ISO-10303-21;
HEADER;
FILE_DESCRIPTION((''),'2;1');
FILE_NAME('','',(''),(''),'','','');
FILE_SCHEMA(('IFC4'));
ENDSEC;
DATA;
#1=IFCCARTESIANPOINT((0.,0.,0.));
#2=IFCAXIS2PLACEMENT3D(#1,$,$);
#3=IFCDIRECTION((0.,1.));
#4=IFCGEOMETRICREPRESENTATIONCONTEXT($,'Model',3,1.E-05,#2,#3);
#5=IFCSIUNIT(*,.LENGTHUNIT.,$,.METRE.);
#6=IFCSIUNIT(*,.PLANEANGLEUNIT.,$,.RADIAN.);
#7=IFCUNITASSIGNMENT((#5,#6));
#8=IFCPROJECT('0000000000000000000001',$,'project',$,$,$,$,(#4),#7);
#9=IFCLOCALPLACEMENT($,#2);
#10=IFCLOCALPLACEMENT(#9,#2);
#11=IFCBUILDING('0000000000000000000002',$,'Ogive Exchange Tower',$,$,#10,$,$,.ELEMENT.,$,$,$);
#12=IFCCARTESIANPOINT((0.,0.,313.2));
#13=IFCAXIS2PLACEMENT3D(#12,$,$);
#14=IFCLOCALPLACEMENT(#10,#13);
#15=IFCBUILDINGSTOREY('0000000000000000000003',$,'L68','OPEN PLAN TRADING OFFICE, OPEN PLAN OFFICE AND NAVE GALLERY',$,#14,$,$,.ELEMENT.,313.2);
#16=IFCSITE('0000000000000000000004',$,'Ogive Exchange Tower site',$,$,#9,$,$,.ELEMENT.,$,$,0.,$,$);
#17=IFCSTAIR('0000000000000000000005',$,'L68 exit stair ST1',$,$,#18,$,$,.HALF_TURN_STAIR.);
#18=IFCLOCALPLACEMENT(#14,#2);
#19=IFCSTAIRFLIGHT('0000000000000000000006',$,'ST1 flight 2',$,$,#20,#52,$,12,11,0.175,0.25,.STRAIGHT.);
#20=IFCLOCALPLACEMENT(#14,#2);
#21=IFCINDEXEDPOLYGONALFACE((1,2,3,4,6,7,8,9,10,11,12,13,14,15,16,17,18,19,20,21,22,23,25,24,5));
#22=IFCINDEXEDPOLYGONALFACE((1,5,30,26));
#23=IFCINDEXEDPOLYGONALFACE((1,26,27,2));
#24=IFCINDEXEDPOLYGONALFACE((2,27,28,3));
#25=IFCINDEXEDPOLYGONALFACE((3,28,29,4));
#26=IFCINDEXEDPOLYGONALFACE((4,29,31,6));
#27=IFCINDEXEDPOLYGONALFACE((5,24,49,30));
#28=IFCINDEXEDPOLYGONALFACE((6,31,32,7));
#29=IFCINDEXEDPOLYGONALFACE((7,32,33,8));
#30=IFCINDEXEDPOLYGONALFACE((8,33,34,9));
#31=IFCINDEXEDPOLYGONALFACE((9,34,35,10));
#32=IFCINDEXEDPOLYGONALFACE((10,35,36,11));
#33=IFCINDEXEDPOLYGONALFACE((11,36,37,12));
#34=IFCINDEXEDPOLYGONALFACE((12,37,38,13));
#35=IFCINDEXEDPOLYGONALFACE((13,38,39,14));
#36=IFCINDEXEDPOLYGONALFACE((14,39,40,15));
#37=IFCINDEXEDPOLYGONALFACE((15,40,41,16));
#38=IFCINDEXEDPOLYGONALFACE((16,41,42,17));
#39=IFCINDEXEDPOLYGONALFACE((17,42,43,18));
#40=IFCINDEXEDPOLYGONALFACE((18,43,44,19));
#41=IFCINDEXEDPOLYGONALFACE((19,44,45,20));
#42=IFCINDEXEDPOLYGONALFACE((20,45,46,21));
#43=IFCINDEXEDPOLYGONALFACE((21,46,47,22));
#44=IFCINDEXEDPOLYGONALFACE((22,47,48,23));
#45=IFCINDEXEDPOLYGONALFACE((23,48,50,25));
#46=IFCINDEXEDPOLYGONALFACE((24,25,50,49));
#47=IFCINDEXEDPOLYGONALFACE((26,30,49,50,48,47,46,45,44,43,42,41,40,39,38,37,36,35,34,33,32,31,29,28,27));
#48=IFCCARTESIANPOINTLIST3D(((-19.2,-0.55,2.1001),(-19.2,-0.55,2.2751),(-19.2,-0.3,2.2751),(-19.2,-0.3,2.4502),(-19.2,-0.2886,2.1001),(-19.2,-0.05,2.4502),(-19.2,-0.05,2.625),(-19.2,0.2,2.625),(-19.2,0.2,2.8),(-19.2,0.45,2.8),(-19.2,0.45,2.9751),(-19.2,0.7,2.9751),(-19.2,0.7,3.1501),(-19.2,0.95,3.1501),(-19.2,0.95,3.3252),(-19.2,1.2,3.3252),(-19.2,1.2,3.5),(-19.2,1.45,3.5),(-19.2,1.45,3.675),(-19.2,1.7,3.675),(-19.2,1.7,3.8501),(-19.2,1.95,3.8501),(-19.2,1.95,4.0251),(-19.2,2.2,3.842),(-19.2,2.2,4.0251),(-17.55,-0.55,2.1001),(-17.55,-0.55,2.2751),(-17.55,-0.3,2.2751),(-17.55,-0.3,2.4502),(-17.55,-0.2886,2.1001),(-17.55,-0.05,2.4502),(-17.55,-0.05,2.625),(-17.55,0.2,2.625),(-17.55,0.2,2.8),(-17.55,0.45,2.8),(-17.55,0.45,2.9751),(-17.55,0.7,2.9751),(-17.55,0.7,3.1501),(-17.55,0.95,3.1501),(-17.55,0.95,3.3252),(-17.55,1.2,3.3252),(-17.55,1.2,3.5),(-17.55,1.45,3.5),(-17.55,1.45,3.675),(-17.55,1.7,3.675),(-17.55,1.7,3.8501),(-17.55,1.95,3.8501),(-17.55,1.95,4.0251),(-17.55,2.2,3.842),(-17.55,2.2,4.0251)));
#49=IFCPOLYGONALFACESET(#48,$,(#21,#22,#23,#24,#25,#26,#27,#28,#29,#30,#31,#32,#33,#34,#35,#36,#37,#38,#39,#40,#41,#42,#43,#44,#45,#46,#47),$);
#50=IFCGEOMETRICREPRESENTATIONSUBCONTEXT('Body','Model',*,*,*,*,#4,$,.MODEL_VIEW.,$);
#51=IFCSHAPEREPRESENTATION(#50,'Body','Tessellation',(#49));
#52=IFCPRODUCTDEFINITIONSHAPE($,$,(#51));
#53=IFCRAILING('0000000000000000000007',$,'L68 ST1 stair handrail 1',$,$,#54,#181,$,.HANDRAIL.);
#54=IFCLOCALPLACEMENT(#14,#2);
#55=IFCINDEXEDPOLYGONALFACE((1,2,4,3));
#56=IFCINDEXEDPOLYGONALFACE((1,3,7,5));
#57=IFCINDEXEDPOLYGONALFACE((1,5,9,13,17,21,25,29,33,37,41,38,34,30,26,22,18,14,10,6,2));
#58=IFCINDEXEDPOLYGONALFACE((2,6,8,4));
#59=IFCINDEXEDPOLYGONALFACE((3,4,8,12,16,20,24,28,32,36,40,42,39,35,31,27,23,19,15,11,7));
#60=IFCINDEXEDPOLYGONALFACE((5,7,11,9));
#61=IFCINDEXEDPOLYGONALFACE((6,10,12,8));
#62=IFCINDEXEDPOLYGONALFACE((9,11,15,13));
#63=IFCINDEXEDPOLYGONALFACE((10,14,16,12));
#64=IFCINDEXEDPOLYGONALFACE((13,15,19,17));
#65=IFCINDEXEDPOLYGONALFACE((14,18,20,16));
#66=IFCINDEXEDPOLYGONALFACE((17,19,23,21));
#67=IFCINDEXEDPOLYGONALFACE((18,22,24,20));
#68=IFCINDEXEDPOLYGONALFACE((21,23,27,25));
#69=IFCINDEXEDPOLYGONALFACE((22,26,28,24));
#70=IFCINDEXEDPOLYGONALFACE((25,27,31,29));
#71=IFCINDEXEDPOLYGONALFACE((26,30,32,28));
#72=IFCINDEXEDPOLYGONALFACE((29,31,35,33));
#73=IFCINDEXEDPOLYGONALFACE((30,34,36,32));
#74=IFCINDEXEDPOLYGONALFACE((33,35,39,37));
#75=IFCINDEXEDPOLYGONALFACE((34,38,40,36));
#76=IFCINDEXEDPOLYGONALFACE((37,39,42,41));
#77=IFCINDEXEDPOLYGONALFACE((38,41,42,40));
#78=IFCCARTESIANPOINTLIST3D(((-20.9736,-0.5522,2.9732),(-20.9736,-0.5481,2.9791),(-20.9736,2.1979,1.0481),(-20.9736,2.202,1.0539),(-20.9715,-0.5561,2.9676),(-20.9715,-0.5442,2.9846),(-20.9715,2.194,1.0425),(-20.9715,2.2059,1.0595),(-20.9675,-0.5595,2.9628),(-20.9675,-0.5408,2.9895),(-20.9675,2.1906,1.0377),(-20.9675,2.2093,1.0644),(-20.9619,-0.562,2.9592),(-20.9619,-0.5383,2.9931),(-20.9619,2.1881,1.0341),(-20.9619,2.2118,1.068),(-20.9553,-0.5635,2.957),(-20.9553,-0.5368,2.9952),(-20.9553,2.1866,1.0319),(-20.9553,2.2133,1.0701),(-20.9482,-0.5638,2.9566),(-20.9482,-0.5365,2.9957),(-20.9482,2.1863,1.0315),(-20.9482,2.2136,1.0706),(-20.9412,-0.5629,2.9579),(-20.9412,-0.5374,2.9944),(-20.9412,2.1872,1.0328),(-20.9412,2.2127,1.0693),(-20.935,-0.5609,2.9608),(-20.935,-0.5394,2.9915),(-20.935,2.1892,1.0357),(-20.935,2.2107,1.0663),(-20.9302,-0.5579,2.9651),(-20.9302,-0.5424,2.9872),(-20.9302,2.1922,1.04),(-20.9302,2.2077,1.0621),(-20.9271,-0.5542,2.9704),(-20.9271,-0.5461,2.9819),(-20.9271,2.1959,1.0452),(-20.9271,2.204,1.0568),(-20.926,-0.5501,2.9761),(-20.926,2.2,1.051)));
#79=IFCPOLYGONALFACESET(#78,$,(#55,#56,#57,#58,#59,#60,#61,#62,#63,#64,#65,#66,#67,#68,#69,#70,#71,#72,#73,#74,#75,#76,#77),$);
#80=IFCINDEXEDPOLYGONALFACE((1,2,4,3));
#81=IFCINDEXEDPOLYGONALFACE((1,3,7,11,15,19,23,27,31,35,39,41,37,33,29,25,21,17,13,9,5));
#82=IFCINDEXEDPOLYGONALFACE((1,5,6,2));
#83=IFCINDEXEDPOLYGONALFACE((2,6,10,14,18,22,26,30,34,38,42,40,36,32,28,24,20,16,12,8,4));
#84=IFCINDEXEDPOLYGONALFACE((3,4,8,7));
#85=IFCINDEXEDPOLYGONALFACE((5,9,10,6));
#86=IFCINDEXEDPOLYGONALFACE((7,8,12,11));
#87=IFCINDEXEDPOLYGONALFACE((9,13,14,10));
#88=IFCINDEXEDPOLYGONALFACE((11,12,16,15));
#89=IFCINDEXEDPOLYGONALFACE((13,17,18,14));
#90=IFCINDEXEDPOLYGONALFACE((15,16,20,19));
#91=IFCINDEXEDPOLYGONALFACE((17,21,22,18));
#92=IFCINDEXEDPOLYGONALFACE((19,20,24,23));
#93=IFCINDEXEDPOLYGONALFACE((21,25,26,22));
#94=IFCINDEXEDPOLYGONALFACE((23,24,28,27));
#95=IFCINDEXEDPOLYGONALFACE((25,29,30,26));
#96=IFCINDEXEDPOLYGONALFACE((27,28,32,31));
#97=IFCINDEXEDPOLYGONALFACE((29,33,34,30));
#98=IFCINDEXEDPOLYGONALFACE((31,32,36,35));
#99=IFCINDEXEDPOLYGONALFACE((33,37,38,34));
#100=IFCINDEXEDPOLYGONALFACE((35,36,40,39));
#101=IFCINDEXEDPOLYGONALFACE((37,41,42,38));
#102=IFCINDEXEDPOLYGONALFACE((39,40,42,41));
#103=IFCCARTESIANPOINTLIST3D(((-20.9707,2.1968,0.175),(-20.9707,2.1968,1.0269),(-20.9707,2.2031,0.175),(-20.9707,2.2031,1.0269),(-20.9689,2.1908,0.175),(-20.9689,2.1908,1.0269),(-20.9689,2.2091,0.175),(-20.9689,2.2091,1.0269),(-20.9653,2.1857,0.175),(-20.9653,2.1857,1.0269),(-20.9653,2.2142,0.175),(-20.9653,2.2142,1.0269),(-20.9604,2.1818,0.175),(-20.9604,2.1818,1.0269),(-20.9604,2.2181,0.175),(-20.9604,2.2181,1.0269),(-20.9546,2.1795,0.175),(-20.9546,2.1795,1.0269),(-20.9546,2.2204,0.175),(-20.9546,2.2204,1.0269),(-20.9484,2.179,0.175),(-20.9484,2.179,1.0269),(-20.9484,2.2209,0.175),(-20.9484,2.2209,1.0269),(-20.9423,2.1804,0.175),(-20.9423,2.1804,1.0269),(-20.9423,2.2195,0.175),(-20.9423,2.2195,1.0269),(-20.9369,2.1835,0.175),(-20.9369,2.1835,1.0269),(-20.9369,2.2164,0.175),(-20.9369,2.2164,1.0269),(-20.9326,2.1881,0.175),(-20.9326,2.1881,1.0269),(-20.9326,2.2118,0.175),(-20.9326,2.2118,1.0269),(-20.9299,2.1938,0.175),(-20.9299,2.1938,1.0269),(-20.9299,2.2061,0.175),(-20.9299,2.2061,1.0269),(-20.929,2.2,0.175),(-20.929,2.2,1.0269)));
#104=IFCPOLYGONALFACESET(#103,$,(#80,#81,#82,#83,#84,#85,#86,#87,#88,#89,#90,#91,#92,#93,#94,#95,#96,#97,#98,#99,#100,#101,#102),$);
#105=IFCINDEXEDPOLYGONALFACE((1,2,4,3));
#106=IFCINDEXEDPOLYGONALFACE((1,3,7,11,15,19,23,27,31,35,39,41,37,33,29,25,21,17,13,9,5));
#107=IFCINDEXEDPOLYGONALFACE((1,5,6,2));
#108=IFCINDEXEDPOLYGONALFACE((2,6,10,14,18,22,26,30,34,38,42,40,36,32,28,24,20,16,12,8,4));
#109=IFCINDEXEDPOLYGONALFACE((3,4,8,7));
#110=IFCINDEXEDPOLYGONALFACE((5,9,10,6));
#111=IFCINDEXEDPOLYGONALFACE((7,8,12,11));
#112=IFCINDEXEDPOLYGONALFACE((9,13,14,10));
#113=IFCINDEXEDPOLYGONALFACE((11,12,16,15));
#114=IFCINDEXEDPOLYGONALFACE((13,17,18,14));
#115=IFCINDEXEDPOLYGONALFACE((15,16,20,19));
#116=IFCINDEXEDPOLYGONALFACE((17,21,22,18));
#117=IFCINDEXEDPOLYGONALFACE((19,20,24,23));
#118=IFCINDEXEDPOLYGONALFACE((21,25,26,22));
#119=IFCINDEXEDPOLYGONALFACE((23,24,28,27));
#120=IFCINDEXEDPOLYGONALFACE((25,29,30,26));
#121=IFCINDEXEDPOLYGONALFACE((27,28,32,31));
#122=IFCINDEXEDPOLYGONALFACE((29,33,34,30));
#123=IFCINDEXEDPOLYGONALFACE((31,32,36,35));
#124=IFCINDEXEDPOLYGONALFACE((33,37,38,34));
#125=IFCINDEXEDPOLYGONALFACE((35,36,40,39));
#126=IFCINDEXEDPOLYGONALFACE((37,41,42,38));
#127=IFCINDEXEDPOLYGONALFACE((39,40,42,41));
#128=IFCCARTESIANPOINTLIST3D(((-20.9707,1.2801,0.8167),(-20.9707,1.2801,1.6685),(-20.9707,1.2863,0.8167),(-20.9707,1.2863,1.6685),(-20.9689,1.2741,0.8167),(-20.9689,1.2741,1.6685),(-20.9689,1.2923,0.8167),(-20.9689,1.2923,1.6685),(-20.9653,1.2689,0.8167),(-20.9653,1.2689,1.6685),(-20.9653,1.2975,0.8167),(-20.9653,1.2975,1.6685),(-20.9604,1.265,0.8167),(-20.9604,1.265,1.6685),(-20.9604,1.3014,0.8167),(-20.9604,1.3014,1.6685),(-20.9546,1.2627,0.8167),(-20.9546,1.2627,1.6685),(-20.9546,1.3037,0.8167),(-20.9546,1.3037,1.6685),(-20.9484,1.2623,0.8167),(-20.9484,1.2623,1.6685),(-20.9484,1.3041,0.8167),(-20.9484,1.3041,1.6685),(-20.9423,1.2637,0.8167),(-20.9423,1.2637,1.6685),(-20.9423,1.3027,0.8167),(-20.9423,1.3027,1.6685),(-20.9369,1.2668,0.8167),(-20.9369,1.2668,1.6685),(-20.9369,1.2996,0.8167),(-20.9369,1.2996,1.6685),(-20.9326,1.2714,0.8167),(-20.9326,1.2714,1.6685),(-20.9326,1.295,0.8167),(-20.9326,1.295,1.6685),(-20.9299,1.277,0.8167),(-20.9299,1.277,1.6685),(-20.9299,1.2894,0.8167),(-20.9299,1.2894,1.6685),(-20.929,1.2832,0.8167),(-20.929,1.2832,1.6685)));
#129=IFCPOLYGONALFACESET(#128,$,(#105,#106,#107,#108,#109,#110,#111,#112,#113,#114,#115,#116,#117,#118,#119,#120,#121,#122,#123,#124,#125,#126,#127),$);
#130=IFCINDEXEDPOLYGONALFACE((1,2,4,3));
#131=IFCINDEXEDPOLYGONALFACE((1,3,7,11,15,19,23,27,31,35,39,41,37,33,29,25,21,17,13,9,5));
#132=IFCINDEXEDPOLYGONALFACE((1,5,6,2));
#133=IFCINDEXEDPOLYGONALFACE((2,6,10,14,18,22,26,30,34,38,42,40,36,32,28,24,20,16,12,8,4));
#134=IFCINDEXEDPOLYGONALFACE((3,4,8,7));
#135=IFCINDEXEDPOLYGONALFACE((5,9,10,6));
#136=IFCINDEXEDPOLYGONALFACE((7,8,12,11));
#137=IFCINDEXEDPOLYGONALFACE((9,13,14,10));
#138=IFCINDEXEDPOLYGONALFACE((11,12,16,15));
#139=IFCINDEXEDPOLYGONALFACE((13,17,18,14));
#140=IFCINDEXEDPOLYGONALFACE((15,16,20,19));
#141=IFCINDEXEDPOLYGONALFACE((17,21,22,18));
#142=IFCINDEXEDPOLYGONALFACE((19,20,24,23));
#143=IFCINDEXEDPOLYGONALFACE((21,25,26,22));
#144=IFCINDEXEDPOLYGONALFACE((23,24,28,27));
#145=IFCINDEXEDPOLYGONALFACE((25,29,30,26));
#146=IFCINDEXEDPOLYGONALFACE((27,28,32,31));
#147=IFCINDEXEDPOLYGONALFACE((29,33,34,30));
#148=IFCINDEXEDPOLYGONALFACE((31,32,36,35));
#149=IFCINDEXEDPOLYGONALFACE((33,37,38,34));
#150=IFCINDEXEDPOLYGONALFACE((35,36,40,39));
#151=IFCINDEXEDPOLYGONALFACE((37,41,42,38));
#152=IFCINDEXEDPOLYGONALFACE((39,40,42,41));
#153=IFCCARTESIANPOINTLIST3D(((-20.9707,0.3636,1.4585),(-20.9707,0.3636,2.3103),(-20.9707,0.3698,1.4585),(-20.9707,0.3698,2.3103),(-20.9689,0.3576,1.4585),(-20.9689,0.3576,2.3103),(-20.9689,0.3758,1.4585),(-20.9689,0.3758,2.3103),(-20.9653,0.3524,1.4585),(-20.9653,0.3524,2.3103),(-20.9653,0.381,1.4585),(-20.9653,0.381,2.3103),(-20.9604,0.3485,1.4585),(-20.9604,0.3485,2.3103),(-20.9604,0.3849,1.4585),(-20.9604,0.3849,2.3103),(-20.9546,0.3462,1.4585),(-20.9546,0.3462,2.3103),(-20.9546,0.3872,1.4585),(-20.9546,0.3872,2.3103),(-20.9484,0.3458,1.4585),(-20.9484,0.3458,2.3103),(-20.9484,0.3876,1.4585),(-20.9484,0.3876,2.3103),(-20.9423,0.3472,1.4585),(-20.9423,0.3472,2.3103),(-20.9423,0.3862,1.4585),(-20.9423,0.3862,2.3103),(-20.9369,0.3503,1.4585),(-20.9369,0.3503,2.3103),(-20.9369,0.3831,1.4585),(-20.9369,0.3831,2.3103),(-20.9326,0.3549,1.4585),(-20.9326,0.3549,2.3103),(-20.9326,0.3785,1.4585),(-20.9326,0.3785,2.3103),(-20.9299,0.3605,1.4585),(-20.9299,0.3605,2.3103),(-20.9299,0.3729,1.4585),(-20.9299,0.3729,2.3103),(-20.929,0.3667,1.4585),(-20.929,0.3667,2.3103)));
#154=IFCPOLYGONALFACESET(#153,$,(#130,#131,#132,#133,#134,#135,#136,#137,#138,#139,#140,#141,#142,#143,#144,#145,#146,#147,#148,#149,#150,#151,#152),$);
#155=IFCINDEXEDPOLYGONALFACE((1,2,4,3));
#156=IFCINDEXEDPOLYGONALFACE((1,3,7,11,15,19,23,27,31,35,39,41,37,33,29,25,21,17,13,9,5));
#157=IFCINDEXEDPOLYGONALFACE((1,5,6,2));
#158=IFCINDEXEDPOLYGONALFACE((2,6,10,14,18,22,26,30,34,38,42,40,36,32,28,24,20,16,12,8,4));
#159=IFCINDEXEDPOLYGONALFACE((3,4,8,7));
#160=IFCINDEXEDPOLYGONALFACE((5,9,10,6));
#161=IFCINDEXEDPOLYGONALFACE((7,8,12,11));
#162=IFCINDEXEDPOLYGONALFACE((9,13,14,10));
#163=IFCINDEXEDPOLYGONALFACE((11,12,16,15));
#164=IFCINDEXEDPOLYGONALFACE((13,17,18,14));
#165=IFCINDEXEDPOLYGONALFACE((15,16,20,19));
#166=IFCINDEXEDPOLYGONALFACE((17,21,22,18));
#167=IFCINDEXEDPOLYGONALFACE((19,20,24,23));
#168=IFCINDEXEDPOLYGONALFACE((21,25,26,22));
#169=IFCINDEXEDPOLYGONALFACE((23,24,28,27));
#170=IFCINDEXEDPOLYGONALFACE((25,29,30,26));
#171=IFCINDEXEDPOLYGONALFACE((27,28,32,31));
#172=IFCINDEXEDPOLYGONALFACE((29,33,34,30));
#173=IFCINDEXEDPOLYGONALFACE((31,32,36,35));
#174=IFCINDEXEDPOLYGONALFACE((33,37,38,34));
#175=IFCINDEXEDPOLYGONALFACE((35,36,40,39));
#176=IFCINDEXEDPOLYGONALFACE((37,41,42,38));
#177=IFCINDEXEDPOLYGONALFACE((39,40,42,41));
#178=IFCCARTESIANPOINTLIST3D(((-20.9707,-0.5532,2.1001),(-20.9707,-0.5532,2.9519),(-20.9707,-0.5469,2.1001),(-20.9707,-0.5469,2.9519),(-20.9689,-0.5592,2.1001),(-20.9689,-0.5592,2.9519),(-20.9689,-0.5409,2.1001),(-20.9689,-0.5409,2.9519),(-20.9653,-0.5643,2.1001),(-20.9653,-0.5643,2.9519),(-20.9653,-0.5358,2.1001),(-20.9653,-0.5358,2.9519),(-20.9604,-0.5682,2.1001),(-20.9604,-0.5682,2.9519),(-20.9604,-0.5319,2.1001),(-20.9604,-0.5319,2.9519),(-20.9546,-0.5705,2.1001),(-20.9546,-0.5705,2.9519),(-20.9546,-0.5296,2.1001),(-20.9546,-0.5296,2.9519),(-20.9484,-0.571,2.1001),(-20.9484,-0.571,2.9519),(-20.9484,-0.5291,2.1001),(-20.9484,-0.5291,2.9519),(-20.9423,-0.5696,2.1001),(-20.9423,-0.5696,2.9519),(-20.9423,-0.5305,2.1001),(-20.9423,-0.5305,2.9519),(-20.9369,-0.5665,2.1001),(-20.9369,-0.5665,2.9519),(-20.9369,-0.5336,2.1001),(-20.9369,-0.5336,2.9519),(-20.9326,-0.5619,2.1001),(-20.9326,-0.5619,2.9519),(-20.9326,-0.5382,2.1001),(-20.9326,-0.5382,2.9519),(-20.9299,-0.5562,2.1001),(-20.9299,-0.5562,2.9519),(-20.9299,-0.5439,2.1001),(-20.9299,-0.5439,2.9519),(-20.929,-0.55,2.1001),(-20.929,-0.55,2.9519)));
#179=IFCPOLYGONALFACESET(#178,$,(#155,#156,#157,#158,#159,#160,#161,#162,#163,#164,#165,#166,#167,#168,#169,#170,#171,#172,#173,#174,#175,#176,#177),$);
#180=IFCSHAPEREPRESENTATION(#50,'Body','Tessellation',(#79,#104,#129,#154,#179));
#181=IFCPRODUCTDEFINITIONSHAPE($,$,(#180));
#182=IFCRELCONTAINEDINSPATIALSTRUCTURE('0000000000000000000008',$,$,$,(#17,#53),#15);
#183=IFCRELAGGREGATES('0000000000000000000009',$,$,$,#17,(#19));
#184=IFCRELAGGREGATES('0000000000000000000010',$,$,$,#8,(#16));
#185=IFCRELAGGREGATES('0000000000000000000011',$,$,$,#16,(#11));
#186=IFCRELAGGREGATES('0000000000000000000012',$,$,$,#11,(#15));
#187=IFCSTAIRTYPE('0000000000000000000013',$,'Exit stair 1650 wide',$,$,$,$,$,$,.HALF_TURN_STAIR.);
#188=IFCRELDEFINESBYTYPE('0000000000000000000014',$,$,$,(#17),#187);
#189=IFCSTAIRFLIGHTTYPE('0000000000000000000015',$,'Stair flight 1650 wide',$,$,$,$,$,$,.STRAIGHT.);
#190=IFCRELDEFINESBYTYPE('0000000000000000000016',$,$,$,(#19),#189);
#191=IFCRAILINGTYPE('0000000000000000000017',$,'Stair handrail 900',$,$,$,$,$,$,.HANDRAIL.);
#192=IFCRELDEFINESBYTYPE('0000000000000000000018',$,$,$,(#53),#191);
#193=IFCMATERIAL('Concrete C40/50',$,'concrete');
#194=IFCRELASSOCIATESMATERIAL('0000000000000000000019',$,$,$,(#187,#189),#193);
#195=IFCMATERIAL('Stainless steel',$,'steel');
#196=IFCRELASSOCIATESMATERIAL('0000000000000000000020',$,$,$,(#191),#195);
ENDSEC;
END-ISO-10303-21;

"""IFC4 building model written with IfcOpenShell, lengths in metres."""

from ifc_helpers import new_model, si_unit, direction, frame, origin, origin_2d, place, context, subcontext, project, spatial, polyline, circle, outline, extrude, material, type_object, element, aggregate, save


model = new_model("IFC4")

# Units and contexts
model_context = context("Model", 3, precision=1e-05, world=origin(), true_north=direction((0.0, 1.0)))
body_context = subcontext(model_context, "Body", "Model", "MODEL_VIEW")
ifc_project = project(units=[si_unit("LENGTHUNIT", "METRE"), si_unit("PLANEANGLEUNIT", "RADIAN")], contexts=[model_context])

# Site, building, storey
site_placement = place(None, origin())
site = spatial("IfcSite", under=ifc_project, at=site_placement, Name="Ogive Exchange Tower site", CompositionType="ELEMENT", RefElevation=0.0)
building_placement = place(site_placement, origin())
building = spatial("IfcBuilding", under=site, at=building_placement, Name="Ogive Exchange Tower", CompositionType="ELEMENT")
storey_placement = place(building_placement, frame((0.0, 0.0, 313.2)))
storey = spatial("IfcBuildingStorey", under=building, at=storey_placement, Name="L68", Description="OPEN PLAN TRADING OFFICE, OPEN PLAN OFFICE AND NAVE GALLERY", CompositionType="ELEMENT", Elevation=313.2)

# Shared definitions
ifc_material_1 = material(Name="Stainless steel", Category="steel")

# Stair, stair flight
ifc_material_2 = material(Name="Concrete C40/50", Category="concrete")
stair_type = type_object("IfcStairType", Name="Exit stair 1650 wide", PredefinedType="HALF_TURN_STAIR", material=ifc_material_2)
stair_placement = place(storey_placement, origin())
stair = element("IfcStair", 1, at=stair_placement, inside=storey, type_object=stair_type, Name="L68 exit stair ST1", PredefinedType="HALF_TURN_STAIR")
stair_flight_type = type_object("IfcStairFlightType", Name="Stair flight 1650 wide", PredefinedType="STRAIGHT", material=ifc_material_2)
stair_flight_1_placement = place(storey_placement, frame((-18.375, -0.55, 2.1001), z_axis=(0.0, 0.0, 1.0), x_axis=(0.0, 1.0, 0.0)))
stair_flight_1 = element("IfcStairFlight", 2, at=stair_flight_1_placement, type_object=stair_flight_type, Name="ST1 flight 2", NumberOfRisers=12, NumberOfTreads=11, PredefinedType="STRAIGHT", RiserHeight=0.175, TreadLength=0.25, context=body_context, shape_type="SweptSolid", body=[
    extrude(outline(polyline([(0.0, 0.0), (0.0, 0.175), (0.25, 0.175), (0.25, 0.3501), (0.5, 0.3501), (0.5, 0.5249), (0.75, 0.5249), (0.75, 0.7), (1.0, 0.7), (1.0, 0.875), (1.25, 0.875), (1.25, 1.05), (1.5, 1.05), (1.5, 1.2251), (1.75, 1.2251), (1.75, 1.3999), (2.0, 1.3999), (2.0, 1.575), (2.25, 1.575), (2.25, 1.75), (2.5, 1.75), (2.5, 1.925), (2.75, 1.925), (2.75, 2.1001), (2.75, 1.7419), (0.2615, 0.0), (0.0, 0.0)])), frame((0.0, 0.825, 0.0), z_axis=(0.0, -1.0, 0.0), x_axis=(1.0, 0.0, 0.0)), (0.0, 0.0, 1.0), 1.6499),
])
aggregate(stair, [stair_flight_1])

# Railing
railing_type = type_object("IfcRailingType", Name="Stair handrail 900", PredefinedType="HANDRAIL", material=ifc_material_1)
railing_placement = place(storey_placement, frame((-20.95, 2.2, 0.175)))
element("IfcRailing", 3, at=railing_placement, inside=storey, type_object=railing_type, Name="L68 ST1 stair handrail 1", PredefinedType="HANDRAIL", context=body_context, shape_type="SweptSolid", body=[
    extrude(circle(Radius=0.0239, at=origin_2d()), frame((0.0, 0.0, 0.876), z_axis=(0.0, -0.819225, 0.573472), x_axis=(1.0, 0.0, 0.0)), (0.0, 0.0, 1.0), 3.3569),
    extrude(circle(Radius=0.021, at=origin_2d()), origin(), (0.0, 0.0, 1.0), 0.8518),
    extrude(circle(Radius=0.021, at=origin_2d()), frame((0.0, -0.9167, 0.6416)), (0.0, 0.0, 1.0), 0.8518),
    extrude(circle(Radius=0.021, at=origin_2d()), frame((0.0, -1.8333, 1.2834)), (0.0, 0.0, 1.0), 0.8518),
    extrude(circle(Radius=0.021, at=origin_2d()), frame((0.0, -2.75, 1.925)), (0.0, 0.0, 1.0), 0.8518),
])

save(model, "model.ifc")
